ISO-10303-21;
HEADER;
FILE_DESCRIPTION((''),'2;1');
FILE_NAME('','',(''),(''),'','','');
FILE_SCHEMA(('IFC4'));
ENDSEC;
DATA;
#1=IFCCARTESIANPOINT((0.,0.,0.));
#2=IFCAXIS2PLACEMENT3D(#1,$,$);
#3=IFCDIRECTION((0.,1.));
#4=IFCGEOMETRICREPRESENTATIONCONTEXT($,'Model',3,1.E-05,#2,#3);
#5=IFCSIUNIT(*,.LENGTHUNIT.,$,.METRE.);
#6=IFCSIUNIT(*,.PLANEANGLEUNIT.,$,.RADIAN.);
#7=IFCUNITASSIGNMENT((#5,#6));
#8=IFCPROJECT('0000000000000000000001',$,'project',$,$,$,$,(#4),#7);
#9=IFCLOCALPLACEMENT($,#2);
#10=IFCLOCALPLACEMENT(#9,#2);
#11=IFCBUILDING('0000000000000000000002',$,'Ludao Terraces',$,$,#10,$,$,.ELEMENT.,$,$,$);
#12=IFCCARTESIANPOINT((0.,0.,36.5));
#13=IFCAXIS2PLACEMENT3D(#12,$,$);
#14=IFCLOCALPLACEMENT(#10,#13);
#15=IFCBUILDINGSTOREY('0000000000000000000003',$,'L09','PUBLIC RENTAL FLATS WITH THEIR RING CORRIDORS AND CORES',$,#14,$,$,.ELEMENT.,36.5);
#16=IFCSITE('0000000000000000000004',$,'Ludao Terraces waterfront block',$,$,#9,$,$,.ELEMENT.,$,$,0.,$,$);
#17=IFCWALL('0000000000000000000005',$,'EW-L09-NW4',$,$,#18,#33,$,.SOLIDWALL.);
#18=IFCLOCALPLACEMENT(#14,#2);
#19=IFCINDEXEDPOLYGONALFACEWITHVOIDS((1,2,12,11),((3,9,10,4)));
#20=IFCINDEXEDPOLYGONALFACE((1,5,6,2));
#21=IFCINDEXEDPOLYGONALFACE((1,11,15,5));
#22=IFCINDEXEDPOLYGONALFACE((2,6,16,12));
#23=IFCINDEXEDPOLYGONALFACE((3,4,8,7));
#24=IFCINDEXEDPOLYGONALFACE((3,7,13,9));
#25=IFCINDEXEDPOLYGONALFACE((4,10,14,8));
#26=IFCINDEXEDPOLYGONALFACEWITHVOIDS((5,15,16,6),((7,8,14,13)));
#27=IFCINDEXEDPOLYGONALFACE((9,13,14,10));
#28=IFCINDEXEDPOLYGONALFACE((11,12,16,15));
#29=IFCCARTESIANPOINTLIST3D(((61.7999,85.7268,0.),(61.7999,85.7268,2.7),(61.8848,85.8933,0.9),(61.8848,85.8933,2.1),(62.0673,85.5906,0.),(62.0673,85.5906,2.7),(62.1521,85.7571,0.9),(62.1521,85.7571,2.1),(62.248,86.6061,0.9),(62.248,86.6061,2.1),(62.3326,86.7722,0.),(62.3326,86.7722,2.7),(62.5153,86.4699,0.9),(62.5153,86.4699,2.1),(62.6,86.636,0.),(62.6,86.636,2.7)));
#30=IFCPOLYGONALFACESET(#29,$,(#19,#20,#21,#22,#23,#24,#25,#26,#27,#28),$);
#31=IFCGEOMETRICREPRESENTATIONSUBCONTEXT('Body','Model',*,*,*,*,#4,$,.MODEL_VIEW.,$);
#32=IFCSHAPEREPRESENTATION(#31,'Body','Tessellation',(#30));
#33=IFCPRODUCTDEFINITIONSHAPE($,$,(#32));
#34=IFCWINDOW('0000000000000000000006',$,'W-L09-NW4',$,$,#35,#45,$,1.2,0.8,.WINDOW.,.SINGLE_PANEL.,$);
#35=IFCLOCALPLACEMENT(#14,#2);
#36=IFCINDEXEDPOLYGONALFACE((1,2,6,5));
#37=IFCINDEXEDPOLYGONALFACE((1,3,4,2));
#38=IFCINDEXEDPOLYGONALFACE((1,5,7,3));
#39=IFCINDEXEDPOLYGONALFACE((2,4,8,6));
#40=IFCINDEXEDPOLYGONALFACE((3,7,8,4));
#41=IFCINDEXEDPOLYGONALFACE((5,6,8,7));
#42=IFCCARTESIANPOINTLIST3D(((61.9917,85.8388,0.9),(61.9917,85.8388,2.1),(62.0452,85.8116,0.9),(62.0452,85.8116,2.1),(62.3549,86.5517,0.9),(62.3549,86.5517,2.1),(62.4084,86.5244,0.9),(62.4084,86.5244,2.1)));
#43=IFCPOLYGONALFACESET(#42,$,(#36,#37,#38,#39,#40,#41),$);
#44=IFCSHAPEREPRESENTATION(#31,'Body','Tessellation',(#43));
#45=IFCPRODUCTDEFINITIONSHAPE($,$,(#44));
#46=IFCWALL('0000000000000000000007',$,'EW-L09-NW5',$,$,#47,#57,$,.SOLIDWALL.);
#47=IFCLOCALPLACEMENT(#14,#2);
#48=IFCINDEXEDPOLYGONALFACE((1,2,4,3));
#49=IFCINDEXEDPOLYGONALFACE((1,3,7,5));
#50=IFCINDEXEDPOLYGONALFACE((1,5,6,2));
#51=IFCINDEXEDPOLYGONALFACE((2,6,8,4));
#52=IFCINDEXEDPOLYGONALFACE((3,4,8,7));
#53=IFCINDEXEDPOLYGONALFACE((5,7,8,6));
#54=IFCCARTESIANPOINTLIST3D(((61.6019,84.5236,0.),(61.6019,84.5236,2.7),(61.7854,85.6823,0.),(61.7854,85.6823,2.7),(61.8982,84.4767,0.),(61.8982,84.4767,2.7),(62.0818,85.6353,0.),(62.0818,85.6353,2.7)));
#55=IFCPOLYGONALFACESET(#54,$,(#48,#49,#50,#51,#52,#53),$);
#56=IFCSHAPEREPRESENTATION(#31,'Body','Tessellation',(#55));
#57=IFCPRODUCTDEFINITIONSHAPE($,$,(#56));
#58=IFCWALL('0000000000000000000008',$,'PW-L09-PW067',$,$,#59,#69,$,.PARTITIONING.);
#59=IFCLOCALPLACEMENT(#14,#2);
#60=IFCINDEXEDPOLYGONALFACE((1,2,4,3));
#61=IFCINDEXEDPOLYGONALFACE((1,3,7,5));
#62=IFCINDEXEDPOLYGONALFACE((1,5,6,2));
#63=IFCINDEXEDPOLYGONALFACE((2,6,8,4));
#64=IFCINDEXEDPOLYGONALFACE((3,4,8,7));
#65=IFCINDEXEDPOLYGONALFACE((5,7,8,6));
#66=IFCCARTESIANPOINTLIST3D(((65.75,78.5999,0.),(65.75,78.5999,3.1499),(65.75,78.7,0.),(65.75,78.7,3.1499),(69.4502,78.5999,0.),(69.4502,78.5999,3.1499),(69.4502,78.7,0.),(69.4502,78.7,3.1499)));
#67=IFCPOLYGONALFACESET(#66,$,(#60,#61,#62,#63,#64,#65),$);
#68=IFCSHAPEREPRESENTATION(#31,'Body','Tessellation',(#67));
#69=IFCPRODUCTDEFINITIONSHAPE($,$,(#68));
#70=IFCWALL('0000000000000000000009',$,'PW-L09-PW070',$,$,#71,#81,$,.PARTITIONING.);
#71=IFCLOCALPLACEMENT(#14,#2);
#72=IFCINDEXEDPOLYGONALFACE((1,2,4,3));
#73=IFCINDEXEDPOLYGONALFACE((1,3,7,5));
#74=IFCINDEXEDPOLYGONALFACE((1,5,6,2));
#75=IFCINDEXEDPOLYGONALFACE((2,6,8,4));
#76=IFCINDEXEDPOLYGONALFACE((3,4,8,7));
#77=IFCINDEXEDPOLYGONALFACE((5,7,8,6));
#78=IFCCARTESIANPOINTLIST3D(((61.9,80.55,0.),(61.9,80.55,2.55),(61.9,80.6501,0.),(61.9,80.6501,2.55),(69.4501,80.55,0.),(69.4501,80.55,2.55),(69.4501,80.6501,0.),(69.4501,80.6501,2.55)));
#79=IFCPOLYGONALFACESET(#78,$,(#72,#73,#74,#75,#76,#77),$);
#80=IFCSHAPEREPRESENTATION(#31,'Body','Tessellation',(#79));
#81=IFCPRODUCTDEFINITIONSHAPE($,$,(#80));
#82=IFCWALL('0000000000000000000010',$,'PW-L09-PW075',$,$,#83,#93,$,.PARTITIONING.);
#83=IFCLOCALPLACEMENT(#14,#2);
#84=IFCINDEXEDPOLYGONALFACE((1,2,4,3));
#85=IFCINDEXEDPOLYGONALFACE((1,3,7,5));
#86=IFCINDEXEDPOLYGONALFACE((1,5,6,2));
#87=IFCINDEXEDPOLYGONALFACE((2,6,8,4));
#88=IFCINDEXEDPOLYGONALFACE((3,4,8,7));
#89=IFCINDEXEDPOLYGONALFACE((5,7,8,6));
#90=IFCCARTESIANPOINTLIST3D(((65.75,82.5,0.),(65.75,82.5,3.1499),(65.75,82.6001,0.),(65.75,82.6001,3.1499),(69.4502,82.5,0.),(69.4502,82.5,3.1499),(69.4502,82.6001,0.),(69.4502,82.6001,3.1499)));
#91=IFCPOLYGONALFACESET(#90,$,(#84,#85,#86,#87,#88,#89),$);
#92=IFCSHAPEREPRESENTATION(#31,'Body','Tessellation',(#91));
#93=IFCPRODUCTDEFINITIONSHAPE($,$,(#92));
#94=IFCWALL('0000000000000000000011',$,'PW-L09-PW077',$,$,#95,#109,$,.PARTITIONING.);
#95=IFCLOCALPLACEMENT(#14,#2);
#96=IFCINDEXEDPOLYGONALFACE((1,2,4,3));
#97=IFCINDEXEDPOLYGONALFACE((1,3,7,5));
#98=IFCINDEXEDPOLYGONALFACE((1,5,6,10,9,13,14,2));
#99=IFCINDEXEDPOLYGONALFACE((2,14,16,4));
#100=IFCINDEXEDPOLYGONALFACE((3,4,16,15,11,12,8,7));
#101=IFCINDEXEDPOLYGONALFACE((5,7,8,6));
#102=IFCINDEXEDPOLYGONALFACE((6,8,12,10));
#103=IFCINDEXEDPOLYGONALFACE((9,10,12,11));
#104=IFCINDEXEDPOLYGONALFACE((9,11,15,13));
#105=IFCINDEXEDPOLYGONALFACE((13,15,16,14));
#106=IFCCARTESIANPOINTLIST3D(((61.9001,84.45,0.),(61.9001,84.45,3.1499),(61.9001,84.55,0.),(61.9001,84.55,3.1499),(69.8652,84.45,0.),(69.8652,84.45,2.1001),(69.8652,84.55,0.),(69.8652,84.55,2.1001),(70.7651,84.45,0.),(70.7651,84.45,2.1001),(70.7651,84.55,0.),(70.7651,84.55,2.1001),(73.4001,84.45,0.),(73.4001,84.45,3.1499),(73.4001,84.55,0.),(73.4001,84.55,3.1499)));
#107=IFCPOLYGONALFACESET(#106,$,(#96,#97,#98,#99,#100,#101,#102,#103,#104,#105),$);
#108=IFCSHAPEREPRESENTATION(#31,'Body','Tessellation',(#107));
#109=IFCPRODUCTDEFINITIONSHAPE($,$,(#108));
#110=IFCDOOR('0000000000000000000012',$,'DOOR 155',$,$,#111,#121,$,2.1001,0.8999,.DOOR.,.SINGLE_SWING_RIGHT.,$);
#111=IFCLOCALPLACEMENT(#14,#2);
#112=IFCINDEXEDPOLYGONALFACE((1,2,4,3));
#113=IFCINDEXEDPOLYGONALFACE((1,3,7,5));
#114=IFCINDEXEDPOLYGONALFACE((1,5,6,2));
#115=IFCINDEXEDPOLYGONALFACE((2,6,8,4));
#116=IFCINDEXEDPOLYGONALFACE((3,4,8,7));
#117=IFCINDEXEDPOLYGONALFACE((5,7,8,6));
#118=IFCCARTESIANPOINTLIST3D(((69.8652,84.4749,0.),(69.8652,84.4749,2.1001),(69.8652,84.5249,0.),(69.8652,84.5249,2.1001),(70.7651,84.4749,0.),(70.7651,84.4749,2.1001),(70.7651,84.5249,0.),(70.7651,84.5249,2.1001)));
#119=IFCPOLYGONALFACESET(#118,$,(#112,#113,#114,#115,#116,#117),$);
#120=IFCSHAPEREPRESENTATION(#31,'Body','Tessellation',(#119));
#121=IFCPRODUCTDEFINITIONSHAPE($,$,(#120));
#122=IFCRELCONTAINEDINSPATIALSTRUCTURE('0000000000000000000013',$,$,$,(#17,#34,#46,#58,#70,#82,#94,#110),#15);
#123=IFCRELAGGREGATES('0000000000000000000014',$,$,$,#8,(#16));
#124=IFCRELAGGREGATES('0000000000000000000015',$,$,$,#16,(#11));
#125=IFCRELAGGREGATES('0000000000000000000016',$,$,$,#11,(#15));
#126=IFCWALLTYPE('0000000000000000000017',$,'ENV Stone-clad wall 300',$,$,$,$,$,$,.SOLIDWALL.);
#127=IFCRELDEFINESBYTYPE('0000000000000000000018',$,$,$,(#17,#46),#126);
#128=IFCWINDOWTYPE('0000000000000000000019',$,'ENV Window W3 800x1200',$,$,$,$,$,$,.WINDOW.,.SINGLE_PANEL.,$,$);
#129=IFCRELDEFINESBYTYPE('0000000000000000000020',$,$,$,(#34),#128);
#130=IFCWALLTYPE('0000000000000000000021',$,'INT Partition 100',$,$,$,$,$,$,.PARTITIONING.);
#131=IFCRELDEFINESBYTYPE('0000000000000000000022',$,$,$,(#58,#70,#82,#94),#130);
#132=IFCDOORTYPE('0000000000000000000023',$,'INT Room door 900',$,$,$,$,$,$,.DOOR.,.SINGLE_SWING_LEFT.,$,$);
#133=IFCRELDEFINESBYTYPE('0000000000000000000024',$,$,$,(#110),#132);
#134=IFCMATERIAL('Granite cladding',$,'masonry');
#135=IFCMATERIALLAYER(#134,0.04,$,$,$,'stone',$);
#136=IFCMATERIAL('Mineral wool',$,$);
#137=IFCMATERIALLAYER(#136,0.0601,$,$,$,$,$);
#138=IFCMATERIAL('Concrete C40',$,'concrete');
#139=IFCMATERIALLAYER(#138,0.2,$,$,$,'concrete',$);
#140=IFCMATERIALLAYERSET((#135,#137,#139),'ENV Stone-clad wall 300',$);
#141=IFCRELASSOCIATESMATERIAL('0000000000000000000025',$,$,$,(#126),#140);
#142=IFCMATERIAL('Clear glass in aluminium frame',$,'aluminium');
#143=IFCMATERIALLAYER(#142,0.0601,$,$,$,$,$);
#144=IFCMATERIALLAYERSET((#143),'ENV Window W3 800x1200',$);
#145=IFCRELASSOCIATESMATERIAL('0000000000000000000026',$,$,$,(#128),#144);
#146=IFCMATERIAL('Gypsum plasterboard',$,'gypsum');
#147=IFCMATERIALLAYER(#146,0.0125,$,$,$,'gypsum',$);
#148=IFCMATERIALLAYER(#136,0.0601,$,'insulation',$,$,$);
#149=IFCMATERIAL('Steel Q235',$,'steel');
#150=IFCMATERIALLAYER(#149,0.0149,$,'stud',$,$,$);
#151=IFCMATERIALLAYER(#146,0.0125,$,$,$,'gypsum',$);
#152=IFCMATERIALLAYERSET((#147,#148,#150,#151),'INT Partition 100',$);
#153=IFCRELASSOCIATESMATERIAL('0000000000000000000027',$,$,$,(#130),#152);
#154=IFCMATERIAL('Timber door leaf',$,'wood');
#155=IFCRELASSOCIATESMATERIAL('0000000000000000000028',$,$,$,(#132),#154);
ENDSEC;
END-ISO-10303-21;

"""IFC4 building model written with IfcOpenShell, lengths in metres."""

from ifc_helpers import new_model, si_unit, direction, frame, frame_2d, origin, place, context, subcontext, project, spatial, rectangle, extrude, material, layer, layer_set, type_object, element, fill, save


model = new_model("IFC4")

# Units and contexts
model_context = context("Model", 3, precision=1e-05, world=origin(), true_north=direction((0.0, 1.0)))
body_context = subcontext(model_context, "Body", "Model", "MODEL_VIEW")
ifc_project = project(units=[si_unit("LENGTHUNIT", "METRE"), si_unit("PLANEANGLEUNIT", "RADIAN")], contexts=[model_context])

# Site, building, storey
site_placement = place(None, origin())
site = spatial("IfcSite", under=ifc_project, at=site_placement, Name="Ludao Terraces waterfront block", CompositionType="ELEMENT", RefElevation=0.0)
building_placement = place(site_placement, origin())
building = spatial("IfcBuilding", under=site, at=building_placement, Name="Ludao Terraces", CompositionType="ELEMENT")
storey_placement = place(building_placement, frame((0.0, 0.0, 36.5)))
storey = spatial("IfcBuildingStorey", under=building, at=storey_placement, Name="L09", Description="PUBLIC RENTAL FLATS WITH THEIR RING CORRIDORS AND CORES", CompositionType="ELEMENT", Elevation=36.5)

# Shared definitions
ifc_material_1 = material(Name="Concrete C40", Category="concrete")

# Shared definitions
ifc_material_2 = material(Name="Granite cladding", Category="masonry")
ifc_layer_1 = layer(ifc_material_2, 0.04, Category="stone")
ifc_material_3 = material(Name="Mineral wool")
ifc_layer_2 = layer(ifc_material_3, 0.0601)
ifc_layer_3 = layer(ifc_material_1, 0.2, Category="concrete")
ifc_layer_set_1 = layer_set([ifc_layer_1, ifc_layer_2, ifc_layer_3], Name="ENV Stone-clad wall 300")
wall_type_1 = type_object("IfcWallType", Name="ENV Stone-clad wall 300", PredefinedType="SOLIDWALL", material=ifc_layer_set_1)
ifc_material_4 = material(Name="Clear glass in aluminium frame", Category="aluminium")

# Wall, opening, window
ifc_layer_4 = layer(ifc_material_4, 0.0601)
ifc_layer_set_2 = layer_set([ifc_layer_4], Name="ENV Window W3 800x1200")
window_type_1 = type_object("IfcWindowType", Name="ENV Window W3 800x1200", PartitioningType="SINGLE_PANEL", PredefinedType="WINDOW", material=ifc_layer_set_2)
wall_1_placement = place(storey_placement, frame((62.4663, 86.7041, 0.0), z_axis=(0.0, 0.0, 1.0), x_axis=(-0.454026, -0.890989, 0.0)))
wall_1 = element("IfcWall", 1, at=wall_1_placement, inside=storey, type_object=wall_type_1, Name="EW-L09-NW4", PredefinedType="SOLIDWALL", context=body_context, shape_type="SweptSolid", body=[
    extrude(rectangle(XDim=1.1733, YDim=0.3, at=frame_2d((0.5867, 0.0))), origin(), (0.0, 0.0, 1.0), 2.7),
])
opening_1_placement = place(wall_1_placement, frame((0.1865, 0.0, 0.8999)))
opening_1 = element("IfcOpeningElement", 2, at=opening_1_placement, cuts=wall_1, PredefinedType="OPENING", context=body_context, shape_type="SweptSolid", body=[
    extrude(rectangle(XDim=0.8, YDim=1.2, at=frame_2d((0.3999, 0.6001))), frame((0.0, 0.1602, 0.0), z_axis=(0.0, -1.0, 0.0), x_axis=(1.0, 0.0, 0.0)), (0.0, 0.0, 1.0), 0.3201),
])
window_1_placement = place(opening_1_placement, origin())
window_1 = element("IfcWindow", 3, at=window_1_placement, inside=storey, type_object=window_type_1, Name="W-L09-NW4", OverallHeight=1.2, OverallWidth=0.8, PartitioningType="SINGLE_PANEL", PredefinedType="WINDOW", context=body_context, shape_type="SweptSolid", body=[
    extrude(rectangle(XDim=0.8, YDim=1.2, at=frame_2d((0.3999, 0.6001))), frame((0.0, 0.03, 0.0), z_axis=(0.0, -1.0, 0.0), x_axis=(1.0, 0.0, 0.0)), (0.0, 0.0, 1.0), 0.0601),
])
fill(opening_1, window_1)

# Walls
wall_2_placement = place(storey_placement, frame((61.9336, 85.6587, 0.0), z_axis=(0.0, 0.0, 1.0), x_axis=(-0.156497, -0.987678, 0.0)))
element("IfcWall", 4, at=wall_2_placement, inside=storey, type_object=wall_type_1, Name="EW-L09-NW5", PredefinedType="SOLIDWALL", context=body_context, shape_type="SweptSolid", body=[
    extrude(rectangle(XDim=1.1731, YDim=0.3, at=frame_2d((0.5864, 0.0))), origin(), (0.0, 0.0, 1.0), 2.7),
])
ifc_material_5 = material(Name="Gypsum plasterboard", Category="gypsum")
ifc_layer_5 = layer(ifc_material_5, 0.0125, Category="gypsum")
ifc_layer_6 = layer(ifc_material_3, 0.0601, Name="insulation")
ifc_material_6 = material(Name="Steel Q235", Category="steel")
ifc_layer_7 = layer(ifc_material_6, 0.0149, Name="stud")
ifc_layer_8 = layer(ifc_material_5, 0.0125, Category="gypsum")
ifc_layer_set_3 = layer_set([ifc_layer_5, ifc_layer_6, ifc_layer_7, ifc_layer_8], Name="INT Partition 100")
wall_type_2 = type_object("IfcWallType", Name="INT Partition 100", PredefinedType="PARTITIONING", material=ifc_layer_set_3)
wall_3_placement = place(storey_placement, frame((65.75, 78.6499, 0.0), z_axis=(0.0, 0.0, 1.0), x_axis=(1.0, 0.0, 0.0)))
element("IfcWall", 5, at=wall_3_placement, inside=storey, type_object=wall_type_2, Name="PW-L09-PW067", PredefinedType="PARTITIONING", context=body_context, shape_type="SweptSolid", body=[
    extrude(rectangle(XDim=3.7002, YDim=0.1001, at=frame_2d((1.8501, 0.0))), origin(), (0.0, 0.0, 1.0), 3.1499),
])
wall_4_placement = place(storey_placement, frame((61.9001, 80.6001, 0.0), z_axis=(0.0, 0.0, 1.0), x_axis=(1.0, 0.0, 0.0)))
element("IfcWall", 6, at=wall_4_placement, inside=storey, type_object=wall_type_2, Name="PW-L09-PW070", PredefinedType="PARTITIONING", context=body_context, shape_type="SweptSolid", body=[
    extrude(rectangle(XDim=7.55, YDim=0.1001, at=frame_2d((3.7749, 0.0))), origin(), (0.0, 0.0, 1.0), 2.55),
])
wall_5_placement = place(storey_placement, frame((65.75, 82.55, 0.0), z_axis=(0.0, 0.0, 1.0), x_axis=(1.0, 0.0, 0.0)))
element("IfcWall", 7, at=wall_5_placement, inside=storey, type_object=wall_type_2, Name="PW-L09-PW075", PredefinedType="PARTITIONING", context=body_context, shape_type="SweptSolid", body=[
    extrude(rectangle(XDim=3.7002, YDim=0.1001, at=frame_2d((1.8501, 0.0))), origin(), (0.0, 0.0, 1.0), 3.1499),
])

# Wall, opening, door
wall_6_placement = place(storey_placement, frame((61.9001, 84.5, 0.0), z_axis=(0.0, 0.0, 1.0), x_axis=(1.0, 0.0, 0.0)))
wall_6 = element("IfcWall", 8, at=wall_6_placement, inside=storey, type_object=wall_type_2, Name="PW-L09-PW077", PredefinedType="PARTITIONING", context=body_context, shape_type="SweptSolid", body=[
    extrude(rectangle(XDim=11.5, YDim=0.1001, at=frame_2d((5.75, 0.0))), origin(), (0.0, 0.0, 1.0), 3.1499),
])
opening_2_placement = place(wall_6_placement, frame((7.9651, 0.0, 0.0)))
opening_2 = element("IfcOpeningElement", 9, at=opening_2_placement, cuts=wall_6, PredefinedType="OPENING", context=body_context, shape_type="SweptSolid", body=[
    extrude(rectangle(XDim=0.8999, YDim=2.1001, at=frame_2d((0.45, 1.05))), frame((0.0, 0.0601, 0.0), z_axis=(0.0, -1.0, 0.0), x_axis=(1.0, 0.0, 0.0)), (0.0, 0.0, 1.0), 0.1201),
])
ifc_material_7 = material(Name="Timber door leaf", Category="wood")
door_type = type_object("IfcDoorType", Name="INT Room door 900", OperationType="SINGLE_SWING_LEFT", PredefinedType="DOOR", material=ifc_material_7)
door_placement = place(opening_2_placement, origin())
door = element("IfcDoor", 10, at=door_placement, inside=storey, type_object=door_type, Name="DOOR 155", OperationType="SINGLE_SWING_RIGHT", OverallHeight=2.1001, OverallWidth=0.8999, PredefinedType="DOOR", context=body_context, shape_type="SweptSolid", body=[
    extrude(rectangle(XDim=0.8999, YDim=2.1001, at=frame_2d((0.45, 1.05))), frame((0.0, 0.0249, 0.0), z_axis=(0.0, -1.0, 0.0), x_axis=(1.0, 0.0, 0.0)), (0.0, 0.0, 1.0), 0.05),
])
fill(opening_2, door)

save(model, "model.ifc")
